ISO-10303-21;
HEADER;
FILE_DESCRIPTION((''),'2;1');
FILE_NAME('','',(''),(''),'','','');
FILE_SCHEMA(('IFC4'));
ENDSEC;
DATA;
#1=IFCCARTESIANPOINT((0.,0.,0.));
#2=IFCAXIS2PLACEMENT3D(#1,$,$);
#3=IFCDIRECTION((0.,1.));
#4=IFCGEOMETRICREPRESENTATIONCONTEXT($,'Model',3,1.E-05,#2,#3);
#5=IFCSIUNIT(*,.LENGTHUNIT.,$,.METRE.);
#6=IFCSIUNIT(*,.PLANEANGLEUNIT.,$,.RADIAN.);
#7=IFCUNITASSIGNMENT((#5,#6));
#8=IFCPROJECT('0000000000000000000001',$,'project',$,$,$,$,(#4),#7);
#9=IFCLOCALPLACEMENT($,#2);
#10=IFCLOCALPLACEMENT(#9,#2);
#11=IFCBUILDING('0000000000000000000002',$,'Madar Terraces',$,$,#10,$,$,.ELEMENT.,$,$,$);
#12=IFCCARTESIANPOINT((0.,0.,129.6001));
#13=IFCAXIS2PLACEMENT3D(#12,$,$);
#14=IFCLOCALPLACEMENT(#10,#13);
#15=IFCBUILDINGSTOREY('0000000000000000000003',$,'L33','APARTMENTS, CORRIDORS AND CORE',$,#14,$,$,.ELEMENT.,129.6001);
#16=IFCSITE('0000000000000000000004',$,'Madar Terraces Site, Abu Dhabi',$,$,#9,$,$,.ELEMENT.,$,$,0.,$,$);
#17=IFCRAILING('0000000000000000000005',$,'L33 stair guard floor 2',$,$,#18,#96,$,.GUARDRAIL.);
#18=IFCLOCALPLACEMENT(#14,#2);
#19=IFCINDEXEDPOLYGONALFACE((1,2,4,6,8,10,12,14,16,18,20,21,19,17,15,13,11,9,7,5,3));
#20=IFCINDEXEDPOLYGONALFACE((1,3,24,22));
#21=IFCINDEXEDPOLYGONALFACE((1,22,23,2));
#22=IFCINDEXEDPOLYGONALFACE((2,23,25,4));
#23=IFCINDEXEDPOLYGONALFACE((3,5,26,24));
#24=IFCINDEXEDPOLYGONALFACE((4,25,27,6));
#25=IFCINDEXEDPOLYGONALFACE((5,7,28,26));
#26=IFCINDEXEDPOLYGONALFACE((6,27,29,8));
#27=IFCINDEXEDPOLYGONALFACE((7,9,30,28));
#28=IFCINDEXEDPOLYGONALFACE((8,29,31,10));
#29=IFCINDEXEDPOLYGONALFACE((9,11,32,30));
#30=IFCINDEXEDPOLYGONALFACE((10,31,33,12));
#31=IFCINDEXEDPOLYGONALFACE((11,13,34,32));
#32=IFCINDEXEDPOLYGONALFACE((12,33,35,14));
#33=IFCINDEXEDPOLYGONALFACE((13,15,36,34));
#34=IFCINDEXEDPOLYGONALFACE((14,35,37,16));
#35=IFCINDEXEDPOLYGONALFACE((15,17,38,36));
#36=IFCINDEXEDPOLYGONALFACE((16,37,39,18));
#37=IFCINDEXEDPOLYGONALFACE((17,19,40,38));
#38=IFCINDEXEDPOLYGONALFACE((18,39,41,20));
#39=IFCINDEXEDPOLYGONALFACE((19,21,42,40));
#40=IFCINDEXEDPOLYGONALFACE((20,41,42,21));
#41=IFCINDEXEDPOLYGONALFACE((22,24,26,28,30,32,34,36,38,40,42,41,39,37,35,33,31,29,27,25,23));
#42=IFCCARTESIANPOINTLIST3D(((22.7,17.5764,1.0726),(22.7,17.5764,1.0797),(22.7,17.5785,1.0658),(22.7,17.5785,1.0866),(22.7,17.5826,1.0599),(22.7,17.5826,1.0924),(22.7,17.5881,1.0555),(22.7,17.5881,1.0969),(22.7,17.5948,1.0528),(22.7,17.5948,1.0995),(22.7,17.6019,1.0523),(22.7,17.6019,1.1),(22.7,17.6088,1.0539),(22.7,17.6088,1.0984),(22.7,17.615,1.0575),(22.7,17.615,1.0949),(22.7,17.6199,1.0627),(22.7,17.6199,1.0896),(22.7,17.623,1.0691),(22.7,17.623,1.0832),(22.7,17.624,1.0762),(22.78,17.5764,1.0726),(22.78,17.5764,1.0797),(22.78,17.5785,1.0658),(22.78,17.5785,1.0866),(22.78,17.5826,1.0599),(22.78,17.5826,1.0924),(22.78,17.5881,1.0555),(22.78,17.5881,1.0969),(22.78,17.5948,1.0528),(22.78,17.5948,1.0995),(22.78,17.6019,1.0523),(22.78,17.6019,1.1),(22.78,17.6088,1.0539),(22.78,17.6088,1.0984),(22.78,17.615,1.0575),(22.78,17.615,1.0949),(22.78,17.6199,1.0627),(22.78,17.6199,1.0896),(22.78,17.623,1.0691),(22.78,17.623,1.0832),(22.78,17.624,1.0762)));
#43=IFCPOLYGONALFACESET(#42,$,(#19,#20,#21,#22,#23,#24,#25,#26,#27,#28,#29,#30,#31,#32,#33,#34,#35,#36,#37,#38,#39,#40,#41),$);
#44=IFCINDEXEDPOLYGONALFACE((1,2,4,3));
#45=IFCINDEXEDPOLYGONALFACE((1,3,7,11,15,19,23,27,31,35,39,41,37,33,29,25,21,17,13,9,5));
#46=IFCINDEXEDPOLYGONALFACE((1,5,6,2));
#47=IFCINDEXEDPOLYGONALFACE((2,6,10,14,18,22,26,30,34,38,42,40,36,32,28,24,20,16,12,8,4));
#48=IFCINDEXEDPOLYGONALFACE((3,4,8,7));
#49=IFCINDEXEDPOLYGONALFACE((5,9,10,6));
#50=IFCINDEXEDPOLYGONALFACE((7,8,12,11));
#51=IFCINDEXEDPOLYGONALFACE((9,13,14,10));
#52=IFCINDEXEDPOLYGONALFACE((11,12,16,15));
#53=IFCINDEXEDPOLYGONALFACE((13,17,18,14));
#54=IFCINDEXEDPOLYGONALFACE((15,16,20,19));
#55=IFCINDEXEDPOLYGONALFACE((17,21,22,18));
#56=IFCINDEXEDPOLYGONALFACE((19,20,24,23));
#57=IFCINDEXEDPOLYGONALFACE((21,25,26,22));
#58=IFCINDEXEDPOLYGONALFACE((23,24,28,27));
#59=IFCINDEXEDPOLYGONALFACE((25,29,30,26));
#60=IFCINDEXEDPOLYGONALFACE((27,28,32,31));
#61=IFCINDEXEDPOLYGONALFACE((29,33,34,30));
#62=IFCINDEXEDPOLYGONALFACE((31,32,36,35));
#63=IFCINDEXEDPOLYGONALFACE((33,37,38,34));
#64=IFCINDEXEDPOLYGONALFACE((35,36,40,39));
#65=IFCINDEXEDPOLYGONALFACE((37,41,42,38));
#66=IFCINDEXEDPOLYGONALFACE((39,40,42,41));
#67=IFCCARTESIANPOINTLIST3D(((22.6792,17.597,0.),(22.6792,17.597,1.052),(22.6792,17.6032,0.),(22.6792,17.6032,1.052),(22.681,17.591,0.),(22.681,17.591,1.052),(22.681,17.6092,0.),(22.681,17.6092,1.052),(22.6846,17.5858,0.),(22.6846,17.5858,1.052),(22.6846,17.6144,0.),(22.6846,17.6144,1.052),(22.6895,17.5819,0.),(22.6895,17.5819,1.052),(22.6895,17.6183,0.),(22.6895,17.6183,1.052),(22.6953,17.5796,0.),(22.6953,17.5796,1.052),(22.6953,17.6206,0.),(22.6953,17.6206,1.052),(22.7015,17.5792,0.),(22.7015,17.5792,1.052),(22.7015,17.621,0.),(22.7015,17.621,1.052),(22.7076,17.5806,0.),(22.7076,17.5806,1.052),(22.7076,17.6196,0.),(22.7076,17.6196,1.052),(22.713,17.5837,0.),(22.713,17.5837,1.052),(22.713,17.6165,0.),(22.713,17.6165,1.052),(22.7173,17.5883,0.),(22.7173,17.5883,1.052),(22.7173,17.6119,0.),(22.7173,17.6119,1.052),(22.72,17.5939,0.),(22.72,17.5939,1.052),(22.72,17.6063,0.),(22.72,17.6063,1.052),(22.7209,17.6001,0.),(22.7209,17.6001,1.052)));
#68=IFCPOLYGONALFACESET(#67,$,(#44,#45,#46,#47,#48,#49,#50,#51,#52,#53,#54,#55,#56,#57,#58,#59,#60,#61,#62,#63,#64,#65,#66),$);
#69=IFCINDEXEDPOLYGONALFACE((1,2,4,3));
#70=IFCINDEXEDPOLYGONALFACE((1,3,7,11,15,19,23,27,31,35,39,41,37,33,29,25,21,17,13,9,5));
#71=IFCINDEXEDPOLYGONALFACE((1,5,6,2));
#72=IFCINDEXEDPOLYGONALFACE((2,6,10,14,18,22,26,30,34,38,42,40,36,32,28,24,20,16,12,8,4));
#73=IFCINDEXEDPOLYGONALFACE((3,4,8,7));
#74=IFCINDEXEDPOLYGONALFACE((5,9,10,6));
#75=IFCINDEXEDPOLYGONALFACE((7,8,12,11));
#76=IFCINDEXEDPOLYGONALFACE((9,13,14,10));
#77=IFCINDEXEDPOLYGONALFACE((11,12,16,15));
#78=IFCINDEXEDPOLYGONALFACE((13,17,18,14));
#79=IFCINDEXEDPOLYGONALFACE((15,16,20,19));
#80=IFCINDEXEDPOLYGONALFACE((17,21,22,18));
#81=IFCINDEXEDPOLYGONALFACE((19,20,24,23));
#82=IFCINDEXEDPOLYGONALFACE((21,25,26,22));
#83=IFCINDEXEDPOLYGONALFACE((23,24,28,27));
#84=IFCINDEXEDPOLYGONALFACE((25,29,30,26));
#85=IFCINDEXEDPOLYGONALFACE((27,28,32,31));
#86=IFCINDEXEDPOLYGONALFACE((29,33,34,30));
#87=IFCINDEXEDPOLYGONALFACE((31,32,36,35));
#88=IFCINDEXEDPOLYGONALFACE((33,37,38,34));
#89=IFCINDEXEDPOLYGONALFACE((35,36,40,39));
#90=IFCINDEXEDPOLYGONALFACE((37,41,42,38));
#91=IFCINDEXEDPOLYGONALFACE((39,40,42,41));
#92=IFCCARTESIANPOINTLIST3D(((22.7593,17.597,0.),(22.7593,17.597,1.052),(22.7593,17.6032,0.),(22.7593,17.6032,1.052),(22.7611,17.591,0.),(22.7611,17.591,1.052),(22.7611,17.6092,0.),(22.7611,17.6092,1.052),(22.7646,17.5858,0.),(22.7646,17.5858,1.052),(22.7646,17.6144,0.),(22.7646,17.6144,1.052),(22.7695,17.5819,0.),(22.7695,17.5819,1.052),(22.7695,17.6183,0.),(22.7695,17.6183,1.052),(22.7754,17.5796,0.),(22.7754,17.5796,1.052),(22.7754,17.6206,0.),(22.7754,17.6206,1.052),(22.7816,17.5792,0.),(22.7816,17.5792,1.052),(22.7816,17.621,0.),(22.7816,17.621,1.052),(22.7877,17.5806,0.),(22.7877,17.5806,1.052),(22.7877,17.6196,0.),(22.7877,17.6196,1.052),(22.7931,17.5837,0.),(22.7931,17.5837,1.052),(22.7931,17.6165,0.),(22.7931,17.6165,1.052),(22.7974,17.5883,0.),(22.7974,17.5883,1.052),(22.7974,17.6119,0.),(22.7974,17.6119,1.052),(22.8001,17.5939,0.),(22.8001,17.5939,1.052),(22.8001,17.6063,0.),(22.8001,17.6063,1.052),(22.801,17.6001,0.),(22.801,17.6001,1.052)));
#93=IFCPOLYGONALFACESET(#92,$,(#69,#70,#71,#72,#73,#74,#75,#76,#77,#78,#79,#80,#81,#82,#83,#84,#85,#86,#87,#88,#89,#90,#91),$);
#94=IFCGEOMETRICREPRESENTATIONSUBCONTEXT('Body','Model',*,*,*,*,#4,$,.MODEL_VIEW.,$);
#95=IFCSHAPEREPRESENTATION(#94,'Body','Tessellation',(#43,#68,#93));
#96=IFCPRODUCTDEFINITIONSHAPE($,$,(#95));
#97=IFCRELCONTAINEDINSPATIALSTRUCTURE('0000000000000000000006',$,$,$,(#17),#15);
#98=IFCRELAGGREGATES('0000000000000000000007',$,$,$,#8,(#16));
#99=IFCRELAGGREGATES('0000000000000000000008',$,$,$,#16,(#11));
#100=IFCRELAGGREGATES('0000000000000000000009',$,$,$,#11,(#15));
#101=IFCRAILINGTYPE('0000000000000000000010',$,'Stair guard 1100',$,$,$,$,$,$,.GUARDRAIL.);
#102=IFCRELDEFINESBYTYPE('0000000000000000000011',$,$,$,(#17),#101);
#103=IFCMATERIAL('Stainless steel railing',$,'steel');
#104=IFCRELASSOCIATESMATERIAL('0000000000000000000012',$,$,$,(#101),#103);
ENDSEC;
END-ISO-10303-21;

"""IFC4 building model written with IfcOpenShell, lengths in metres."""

from ifc_helpers import new_model, si_unit, direction, frame, origin, origin_2d, place, context, subcontext, project, spatial, circle, extrude, material, type_object, element, save


model = new_model("IFC4")

# Units and contexts
model_context = context("Model", 3, precision=1e-05, world=origin(), true_north=direction((0.0, 1.0)))
body_context = subcontext(model_context, "Body", "Model", "MODEL_VIEW")
ifc_project = project(units=[si_unit("LENGTHUNIT", "METRE"), si_unit("PLANEANGLEUNIT", "RADIAN")], contexts=[model_context])

# Site, building, storey
site_placement = place(None, origin())
site = spatial("IfcSite", under=ifc_project, at=site_placement, Name="Madar Terraces Site, Abu Dhabi", CompositionType="ELEMENT", RefElevation=0.0)
building_placement = place(site_placement, origin())
building = spatial("IfcBuilding", under=site, at=building_placement, Name="Madar Terraces", CompositionType="ELEMENT")
storey_placement = place(building_placement, frame((0.0, 0.0, 129.6001)))
storey = spatial("IfcBuildingStorey", under=building, at=storey_placement, Name="L33", Description="APARTMENTS, CORRIDORS AND CORE", CompositionType="ELEMENT", Elevation=129.6001)

# Railing
ifc_material_1 = material(Name="Stainless steel railing", Category="steel")
railing_type_1 = type_object("IfcRailingType", Name="Stair guard 1100", PredefinedType="GUARDRAIL", material=ifc_material_1)
railing_1_placement = place(storey_placement, frame((22.7, 17.6001, 0.0)))
element("IfcRailing", 1, at=railing_1_placement, inside=storey, type_object=railing_type_1, Name="L33 stair guard floor 2", PredefinedType="GUARDRAIL", context=body_context, shape_type="SweptSolid", body=[
    extrude(circle(Radius=0.0239, at=origin_2d()), frame((0.0, 0.0, 1.0762), z_axis=(1.0, 0.0, 0.0), x_axis=(0.0, 1.0, 0.0)), (0.0, 0.0, 1.0), 0.0801),
    extrude(circle(Radius=0.021, at=origin_2d()), origin(), (0.0, 0.0, 1.0), 1.052),
    extrude(circle(Radius=0.021, at=origin_2d()), frame((0.0801, 0.0, 0.0)), (0.0, 0.0, 1.0), 1.052),
])

save(model, "model.ifc")
